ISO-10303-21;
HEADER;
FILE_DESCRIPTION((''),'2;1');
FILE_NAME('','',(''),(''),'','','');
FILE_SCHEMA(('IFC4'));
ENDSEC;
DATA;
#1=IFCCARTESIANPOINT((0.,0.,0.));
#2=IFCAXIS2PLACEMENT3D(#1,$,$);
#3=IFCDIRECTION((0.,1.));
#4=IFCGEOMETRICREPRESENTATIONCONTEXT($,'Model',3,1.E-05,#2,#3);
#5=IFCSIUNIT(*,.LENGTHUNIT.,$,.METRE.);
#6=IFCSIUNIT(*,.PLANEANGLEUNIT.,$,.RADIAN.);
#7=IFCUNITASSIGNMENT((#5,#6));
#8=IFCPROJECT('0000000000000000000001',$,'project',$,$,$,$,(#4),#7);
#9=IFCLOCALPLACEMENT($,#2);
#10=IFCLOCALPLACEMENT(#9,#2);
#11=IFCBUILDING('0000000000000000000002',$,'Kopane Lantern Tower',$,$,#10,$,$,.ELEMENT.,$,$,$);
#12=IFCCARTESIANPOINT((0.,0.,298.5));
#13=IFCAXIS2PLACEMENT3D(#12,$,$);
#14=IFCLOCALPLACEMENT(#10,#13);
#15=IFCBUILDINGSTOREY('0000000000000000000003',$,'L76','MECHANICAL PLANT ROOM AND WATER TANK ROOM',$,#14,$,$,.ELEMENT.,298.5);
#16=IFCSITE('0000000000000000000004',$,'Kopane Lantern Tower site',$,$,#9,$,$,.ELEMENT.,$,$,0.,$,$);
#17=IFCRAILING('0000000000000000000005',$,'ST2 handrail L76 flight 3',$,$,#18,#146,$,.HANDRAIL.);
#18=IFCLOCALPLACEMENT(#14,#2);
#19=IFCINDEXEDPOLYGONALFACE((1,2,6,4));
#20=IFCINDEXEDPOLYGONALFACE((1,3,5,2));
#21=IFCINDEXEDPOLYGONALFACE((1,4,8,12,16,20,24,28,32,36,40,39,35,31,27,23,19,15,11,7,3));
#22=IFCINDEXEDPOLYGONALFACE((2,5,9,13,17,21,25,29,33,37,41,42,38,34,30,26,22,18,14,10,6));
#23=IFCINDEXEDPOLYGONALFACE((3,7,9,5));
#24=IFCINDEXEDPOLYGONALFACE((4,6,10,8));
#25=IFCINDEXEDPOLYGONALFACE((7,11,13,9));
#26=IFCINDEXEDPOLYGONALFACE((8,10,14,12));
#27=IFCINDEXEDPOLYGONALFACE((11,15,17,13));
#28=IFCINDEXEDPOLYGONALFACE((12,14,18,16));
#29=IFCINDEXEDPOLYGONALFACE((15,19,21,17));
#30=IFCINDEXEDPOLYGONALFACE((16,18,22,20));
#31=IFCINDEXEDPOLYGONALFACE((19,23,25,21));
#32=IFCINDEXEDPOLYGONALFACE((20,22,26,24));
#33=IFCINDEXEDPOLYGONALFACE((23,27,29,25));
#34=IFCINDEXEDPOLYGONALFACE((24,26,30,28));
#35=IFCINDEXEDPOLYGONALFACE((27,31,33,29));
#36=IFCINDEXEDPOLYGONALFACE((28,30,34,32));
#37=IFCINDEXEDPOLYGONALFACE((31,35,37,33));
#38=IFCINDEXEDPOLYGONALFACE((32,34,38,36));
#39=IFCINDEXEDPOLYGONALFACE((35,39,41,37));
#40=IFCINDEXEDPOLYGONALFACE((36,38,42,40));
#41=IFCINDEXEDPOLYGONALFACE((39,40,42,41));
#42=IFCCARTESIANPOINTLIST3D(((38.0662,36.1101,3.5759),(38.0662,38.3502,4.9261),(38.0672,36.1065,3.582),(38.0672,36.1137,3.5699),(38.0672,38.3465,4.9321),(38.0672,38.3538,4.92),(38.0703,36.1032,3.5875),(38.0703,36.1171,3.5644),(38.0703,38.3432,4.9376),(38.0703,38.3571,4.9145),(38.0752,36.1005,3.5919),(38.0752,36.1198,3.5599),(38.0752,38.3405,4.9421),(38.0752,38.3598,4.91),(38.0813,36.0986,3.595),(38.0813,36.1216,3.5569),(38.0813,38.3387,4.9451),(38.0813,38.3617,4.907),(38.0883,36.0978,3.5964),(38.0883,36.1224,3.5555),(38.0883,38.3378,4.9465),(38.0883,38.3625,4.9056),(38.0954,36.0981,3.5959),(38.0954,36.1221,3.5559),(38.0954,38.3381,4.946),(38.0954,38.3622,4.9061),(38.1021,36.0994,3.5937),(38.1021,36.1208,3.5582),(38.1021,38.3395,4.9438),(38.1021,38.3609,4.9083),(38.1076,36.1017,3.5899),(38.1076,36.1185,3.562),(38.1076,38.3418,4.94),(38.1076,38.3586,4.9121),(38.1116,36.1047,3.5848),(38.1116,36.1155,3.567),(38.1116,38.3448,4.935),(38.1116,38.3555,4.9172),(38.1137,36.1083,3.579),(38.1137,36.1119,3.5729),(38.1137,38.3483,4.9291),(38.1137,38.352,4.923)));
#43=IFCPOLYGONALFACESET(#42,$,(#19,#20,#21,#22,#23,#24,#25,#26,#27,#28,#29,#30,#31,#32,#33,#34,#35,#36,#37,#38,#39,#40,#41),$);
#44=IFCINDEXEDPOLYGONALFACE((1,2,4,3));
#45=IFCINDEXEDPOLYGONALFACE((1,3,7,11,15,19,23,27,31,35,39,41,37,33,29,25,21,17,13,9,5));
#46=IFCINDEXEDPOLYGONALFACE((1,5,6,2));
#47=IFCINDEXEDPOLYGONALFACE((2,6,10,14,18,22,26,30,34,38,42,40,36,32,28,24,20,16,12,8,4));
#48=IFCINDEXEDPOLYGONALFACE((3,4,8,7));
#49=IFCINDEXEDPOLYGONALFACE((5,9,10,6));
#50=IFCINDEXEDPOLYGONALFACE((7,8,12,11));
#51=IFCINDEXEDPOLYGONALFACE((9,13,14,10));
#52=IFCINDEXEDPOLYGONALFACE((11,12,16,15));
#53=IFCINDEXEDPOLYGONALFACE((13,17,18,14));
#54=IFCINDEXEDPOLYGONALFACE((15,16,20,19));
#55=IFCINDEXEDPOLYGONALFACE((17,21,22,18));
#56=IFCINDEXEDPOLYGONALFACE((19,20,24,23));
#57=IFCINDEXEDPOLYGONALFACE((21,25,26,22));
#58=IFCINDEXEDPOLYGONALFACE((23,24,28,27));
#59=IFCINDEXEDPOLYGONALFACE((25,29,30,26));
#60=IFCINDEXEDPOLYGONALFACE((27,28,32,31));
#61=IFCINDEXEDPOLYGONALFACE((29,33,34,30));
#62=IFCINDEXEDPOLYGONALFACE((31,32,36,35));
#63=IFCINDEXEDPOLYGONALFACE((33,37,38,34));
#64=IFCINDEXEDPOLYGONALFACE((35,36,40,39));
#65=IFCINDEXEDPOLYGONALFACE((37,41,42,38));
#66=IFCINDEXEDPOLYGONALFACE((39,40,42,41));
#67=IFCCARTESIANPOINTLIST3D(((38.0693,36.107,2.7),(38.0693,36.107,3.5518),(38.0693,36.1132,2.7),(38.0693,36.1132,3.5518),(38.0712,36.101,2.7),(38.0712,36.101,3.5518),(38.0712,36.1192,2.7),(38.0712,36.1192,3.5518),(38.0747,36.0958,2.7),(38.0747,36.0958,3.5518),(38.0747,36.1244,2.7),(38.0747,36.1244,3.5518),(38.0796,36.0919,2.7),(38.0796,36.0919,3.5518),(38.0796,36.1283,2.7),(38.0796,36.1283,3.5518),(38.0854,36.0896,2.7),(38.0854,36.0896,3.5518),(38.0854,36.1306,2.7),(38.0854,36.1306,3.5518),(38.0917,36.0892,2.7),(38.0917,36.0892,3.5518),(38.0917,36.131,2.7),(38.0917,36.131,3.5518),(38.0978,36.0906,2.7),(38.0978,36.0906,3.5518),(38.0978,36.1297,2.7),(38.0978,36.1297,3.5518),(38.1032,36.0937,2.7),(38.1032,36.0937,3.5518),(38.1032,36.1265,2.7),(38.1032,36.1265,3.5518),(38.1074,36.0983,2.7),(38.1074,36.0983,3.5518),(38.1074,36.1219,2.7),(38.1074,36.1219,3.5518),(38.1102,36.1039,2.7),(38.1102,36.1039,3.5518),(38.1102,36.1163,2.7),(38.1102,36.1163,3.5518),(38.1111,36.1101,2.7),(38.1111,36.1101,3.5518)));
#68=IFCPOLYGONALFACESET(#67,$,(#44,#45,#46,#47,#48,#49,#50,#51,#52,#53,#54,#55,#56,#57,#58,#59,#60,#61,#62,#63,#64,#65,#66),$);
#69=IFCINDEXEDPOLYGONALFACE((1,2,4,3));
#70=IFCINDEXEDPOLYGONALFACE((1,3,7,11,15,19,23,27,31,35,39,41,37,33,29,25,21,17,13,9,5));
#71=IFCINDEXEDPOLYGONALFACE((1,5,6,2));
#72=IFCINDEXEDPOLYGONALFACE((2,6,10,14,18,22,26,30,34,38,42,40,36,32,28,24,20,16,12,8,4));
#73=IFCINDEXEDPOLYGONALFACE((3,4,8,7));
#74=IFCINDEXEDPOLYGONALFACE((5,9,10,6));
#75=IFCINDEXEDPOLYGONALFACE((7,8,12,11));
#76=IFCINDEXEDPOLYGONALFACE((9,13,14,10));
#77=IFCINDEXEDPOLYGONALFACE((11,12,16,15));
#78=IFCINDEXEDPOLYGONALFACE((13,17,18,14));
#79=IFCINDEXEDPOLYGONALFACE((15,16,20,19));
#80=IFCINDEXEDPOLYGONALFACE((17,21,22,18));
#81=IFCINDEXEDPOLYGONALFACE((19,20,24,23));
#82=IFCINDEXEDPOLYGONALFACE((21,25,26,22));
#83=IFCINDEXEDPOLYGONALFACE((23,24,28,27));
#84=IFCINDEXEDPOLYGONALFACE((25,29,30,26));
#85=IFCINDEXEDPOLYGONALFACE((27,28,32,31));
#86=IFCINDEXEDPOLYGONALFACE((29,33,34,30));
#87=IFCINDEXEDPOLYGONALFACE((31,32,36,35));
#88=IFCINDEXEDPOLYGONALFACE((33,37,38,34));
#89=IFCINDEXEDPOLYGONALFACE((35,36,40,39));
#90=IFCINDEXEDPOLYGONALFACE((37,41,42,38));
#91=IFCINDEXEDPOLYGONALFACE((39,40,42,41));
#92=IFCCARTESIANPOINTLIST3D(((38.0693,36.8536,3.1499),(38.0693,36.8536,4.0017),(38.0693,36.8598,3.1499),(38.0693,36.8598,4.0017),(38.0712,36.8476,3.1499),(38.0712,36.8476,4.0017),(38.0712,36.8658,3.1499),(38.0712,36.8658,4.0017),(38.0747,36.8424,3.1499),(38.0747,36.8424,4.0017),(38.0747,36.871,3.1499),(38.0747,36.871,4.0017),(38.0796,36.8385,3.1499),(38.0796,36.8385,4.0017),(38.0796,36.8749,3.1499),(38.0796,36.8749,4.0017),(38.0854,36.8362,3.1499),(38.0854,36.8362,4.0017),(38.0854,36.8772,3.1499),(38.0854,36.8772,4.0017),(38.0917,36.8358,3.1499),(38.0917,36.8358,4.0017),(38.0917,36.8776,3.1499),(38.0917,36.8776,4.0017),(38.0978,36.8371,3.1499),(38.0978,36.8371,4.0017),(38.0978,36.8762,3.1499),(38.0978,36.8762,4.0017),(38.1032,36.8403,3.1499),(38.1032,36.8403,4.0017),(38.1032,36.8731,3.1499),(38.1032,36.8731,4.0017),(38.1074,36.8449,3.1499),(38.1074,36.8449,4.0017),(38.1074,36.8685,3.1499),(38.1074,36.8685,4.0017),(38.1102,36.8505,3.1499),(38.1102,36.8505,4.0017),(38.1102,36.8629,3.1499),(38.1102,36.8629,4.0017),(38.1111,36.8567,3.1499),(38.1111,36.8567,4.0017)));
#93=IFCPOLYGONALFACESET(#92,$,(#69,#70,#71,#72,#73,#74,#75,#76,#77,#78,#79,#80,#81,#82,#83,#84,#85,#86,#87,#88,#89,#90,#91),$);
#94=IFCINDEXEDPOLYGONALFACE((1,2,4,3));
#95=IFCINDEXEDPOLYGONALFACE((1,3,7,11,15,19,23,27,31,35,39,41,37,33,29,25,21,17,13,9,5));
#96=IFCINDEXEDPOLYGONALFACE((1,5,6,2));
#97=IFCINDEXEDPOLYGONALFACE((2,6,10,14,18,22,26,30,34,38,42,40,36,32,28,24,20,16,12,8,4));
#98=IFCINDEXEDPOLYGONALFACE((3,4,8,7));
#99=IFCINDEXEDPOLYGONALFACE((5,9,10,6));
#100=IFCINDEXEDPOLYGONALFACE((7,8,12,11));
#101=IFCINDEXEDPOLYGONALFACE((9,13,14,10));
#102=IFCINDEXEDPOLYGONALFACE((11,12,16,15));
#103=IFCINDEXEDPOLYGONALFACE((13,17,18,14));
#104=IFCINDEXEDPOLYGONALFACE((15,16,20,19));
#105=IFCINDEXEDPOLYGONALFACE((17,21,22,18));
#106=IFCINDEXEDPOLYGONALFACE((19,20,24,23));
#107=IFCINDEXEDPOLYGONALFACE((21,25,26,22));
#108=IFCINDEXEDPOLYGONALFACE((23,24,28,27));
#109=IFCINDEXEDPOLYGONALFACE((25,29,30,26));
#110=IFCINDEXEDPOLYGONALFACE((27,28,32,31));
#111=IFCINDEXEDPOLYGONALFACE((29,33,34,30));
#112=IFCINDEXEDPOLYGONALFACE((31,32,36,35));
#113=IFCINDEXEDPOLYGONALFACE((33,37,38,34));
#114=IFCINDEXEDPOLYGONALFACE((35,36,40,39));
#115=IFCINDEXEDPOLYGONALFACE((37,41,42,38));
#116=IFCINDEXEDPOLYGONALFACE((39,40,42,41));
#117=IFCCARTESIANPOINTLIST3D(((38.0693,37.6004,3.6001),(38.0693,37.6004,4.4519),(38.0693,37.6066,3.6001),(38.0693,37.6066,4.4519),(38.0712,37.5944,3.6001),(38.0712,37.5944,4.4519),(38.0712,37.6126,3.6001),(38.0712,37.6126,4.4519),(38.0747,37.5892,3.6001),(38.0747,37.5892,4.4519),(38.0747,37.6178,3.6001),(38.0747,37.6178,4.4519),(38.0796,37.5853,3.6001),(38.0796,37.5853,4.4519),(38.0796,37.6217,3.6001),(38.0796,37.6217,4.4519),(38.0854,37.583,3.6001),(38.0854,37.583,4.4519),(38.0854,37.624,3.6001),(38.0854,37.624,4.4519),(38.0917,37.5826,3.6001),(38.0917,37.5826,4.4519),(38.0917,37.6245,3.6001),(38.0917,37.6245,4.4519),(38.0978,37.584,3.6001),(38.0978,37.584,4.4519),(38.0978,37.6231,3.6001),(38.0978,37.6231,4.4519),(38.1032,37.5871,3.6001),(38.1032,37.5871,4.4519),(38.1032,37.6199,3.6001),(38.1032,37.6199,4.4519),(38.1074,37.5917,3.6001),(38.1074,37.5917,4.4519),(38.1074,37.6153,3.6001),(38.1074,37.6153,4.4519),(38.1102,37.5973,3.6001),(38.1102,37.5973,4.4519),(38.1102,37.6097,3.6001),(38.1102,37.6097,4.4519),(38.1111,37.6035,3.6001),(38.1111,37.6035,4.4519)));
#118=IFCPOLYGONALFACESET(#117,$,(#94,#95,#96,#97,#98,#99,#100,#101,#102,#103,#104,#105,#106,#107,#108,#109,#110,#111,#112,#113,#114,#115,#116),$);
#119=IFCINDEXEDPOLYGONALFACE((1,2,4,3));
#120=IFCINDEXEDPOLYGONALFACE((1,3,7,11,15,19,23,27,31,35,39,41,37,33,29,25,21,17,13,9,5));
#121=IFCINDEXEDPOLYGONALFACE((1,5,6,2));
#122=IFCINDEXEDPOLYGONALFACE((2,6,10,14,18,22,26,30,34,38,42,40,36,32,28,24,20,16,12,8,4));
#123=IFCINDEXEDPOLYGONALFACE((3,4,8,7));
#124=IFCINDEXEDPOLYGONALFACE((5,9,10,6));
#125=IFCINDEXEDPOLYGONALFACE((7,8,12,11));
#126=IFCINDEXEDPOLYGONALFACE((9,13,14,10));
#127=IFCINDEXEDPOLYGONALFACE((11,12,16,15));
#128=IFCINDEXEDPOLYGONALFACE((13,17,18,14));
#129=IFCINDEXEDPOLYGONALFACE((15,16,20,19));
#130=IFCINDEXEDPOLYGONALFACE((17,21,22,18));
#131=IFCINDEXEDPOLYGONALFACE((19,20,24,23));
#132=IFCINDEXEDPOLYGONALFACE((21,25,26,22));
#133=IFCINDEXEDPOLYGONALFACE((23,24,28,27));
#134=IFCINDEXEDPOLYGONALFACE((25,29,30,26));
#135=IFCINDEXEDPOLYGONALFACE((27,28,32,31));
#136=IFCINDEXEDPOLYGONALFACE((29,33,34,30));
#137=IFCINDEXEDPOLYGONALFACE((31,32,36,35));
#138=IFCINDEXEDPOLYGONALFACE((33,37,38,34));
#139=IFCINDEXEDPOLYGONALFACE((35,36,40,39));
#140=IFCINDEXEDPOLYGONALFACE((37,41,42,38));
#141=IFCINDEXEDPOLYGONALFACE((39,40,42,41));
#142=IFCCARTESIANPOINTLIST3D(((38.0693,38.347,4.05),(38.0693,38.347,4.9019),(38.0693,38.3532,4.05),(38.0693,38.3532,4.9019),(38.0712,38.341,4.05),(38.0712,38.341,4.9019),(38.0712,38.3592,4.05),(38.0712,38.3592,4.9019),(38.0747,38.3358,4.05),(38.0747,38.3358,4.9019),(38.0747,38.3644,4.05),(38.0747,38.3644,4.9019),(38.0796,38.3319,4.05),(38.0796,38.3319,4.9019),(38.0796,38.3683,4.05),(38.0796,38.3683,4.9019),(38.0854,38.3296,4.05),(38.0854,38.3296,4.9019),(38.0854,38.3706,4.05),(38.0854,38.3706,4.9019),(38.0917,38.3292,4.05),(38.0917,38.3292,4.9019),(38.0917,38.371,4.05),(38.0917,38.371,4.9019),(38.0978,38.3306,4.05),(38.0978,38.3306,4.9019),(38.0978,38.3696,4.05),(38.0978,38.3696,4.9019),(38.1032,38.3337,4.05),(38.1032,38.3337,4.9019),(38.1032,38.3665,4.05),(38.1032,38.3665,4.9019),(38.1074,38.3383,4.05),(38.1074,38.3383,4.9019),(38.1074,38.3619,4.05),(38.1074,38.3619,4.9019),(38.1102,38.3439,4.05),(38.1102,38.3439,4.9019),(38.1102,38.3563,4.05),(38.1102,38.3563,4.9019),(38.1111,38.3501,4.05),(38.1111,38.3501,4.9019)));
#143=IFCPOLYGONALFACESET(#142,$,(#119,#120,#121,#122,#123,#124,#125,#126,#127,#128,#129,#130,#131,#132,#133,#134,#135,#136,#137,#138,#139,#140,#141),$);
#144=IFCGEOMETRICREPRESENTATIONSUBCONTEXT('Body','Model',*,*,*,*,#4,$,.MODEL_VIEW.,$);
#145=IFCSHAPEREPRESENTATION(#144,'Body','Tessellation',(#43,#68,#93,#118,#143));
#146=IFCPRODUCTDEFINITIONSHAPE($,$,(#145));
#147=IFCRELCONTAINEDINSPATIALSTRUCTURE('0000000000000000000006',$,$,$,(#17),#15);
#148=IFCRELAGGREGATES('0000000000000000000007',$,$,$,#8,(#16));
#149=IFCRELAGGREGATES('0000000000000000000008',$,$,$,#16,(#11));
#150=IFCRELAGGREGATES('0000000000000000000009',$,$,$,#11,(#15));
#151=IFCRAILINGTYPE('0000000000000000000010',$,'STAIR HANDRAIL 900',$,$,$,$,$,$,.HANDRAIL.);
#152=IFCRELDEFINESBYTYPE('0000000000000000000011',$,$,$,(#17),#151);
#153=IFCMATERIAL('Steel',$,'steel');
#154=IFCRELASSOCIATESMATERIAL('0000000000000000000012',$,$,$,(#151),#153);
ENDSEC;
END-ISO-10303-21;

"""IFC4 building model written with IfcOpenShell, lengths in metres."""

from ifc_helpers import new_model, si_unit, direction, frame, origin, origin_2d, place, context, subcontext, project, spatial, circle, extrude, material, type_object, element, save


model = new_model("IFC4")

# Units and contexts
model_context = context("Model", 3, precision=1e-05, world=origin(), true_north=direction((0.0, 1.0)))
body_context = subcontext(model_context, "Body", "Model", "MODEL_VIEW")
ifc_project = project(units=[si_unit("LENGTHUNIT", "METRE"), si_unit("PLANEANGLEUNIT", "RADIAN")], contexts=[model_context])

# Site, building, storey
site_placement = place(None, origin())
site = spatial("IfcSite", under=ifc_project, at=site_placement, Name="Kopane Lantern Tower site", CompositionType="ELEMENT", RefElevation=0.0)
building_placement = place(site_placement, origin())
building = spatial("IfcBuilding", under=site, at=building_placement, Name="Kopane Lantern Tower", CompositionType="ELEMENT")
storey_placement = place(building_placement, frame((0.0, 0.0, 298.5)))
storey = spatial("IfcBuildingStorey", under=building, at=storey_placement, Name="L76", Description="MECHANICAL PLANT ROOM AND WATER TANK ROOM", CompositionType="ELEMENT", Elevation=298.5)

# Railing
ifc_material_1 = material(Name="Steel", Category="steel")
railing_type = type_object("IfcRailingType", Name="STAIR HANDRAIL 900", PredefinedType="HANDRAIL", material=ifc_material_1)
for number, where, name in (
    (1, (38.0901, 36.1101, 2.7), "ST2 handrail L76 flight 3"),
):
    element("IfcRailing", number, at=place(storey_placement, frame(where)), inside=storey, type_object=railing_type, Name=name, PredefinedType="HANDRAIL", context=body_context, shape_type="SweptSolid", body=[
        extrude(circle(Radius=0.0239, at=origin_2d()), frame((0.0, 0.0, 0.876), z_axis=(0.0, 0.856462, 0.516211), x_axis=(-1.0, 0.0, 0.0)), (0.0, 0.0, 1.0), 2.6155),
        extrude(circle(Radius=0.021, at=origin_2d()), origin(), (0.0, 0.0, 1.0), 0.8518),
        extrude(circle(Radius=0.021, at=origin_2d()), frame((0.0, 0.7466, 0.45)), (0.0, 0.0, 1.0), 0.8518),
        extrude(circle(Radius=0.021, at=origin_2d()), frame((0.0, 1.4934, 0.9001)), (0.0, 0.0, 1.0), 0.8518),
        extrude(circle(Radius=0.021, at=origin_2d()), frame((0.0, 2.24, 1.3501)), (0.0, 0.0, 1.0), 0.8518),
    ])

save(model, "model.ifc")
